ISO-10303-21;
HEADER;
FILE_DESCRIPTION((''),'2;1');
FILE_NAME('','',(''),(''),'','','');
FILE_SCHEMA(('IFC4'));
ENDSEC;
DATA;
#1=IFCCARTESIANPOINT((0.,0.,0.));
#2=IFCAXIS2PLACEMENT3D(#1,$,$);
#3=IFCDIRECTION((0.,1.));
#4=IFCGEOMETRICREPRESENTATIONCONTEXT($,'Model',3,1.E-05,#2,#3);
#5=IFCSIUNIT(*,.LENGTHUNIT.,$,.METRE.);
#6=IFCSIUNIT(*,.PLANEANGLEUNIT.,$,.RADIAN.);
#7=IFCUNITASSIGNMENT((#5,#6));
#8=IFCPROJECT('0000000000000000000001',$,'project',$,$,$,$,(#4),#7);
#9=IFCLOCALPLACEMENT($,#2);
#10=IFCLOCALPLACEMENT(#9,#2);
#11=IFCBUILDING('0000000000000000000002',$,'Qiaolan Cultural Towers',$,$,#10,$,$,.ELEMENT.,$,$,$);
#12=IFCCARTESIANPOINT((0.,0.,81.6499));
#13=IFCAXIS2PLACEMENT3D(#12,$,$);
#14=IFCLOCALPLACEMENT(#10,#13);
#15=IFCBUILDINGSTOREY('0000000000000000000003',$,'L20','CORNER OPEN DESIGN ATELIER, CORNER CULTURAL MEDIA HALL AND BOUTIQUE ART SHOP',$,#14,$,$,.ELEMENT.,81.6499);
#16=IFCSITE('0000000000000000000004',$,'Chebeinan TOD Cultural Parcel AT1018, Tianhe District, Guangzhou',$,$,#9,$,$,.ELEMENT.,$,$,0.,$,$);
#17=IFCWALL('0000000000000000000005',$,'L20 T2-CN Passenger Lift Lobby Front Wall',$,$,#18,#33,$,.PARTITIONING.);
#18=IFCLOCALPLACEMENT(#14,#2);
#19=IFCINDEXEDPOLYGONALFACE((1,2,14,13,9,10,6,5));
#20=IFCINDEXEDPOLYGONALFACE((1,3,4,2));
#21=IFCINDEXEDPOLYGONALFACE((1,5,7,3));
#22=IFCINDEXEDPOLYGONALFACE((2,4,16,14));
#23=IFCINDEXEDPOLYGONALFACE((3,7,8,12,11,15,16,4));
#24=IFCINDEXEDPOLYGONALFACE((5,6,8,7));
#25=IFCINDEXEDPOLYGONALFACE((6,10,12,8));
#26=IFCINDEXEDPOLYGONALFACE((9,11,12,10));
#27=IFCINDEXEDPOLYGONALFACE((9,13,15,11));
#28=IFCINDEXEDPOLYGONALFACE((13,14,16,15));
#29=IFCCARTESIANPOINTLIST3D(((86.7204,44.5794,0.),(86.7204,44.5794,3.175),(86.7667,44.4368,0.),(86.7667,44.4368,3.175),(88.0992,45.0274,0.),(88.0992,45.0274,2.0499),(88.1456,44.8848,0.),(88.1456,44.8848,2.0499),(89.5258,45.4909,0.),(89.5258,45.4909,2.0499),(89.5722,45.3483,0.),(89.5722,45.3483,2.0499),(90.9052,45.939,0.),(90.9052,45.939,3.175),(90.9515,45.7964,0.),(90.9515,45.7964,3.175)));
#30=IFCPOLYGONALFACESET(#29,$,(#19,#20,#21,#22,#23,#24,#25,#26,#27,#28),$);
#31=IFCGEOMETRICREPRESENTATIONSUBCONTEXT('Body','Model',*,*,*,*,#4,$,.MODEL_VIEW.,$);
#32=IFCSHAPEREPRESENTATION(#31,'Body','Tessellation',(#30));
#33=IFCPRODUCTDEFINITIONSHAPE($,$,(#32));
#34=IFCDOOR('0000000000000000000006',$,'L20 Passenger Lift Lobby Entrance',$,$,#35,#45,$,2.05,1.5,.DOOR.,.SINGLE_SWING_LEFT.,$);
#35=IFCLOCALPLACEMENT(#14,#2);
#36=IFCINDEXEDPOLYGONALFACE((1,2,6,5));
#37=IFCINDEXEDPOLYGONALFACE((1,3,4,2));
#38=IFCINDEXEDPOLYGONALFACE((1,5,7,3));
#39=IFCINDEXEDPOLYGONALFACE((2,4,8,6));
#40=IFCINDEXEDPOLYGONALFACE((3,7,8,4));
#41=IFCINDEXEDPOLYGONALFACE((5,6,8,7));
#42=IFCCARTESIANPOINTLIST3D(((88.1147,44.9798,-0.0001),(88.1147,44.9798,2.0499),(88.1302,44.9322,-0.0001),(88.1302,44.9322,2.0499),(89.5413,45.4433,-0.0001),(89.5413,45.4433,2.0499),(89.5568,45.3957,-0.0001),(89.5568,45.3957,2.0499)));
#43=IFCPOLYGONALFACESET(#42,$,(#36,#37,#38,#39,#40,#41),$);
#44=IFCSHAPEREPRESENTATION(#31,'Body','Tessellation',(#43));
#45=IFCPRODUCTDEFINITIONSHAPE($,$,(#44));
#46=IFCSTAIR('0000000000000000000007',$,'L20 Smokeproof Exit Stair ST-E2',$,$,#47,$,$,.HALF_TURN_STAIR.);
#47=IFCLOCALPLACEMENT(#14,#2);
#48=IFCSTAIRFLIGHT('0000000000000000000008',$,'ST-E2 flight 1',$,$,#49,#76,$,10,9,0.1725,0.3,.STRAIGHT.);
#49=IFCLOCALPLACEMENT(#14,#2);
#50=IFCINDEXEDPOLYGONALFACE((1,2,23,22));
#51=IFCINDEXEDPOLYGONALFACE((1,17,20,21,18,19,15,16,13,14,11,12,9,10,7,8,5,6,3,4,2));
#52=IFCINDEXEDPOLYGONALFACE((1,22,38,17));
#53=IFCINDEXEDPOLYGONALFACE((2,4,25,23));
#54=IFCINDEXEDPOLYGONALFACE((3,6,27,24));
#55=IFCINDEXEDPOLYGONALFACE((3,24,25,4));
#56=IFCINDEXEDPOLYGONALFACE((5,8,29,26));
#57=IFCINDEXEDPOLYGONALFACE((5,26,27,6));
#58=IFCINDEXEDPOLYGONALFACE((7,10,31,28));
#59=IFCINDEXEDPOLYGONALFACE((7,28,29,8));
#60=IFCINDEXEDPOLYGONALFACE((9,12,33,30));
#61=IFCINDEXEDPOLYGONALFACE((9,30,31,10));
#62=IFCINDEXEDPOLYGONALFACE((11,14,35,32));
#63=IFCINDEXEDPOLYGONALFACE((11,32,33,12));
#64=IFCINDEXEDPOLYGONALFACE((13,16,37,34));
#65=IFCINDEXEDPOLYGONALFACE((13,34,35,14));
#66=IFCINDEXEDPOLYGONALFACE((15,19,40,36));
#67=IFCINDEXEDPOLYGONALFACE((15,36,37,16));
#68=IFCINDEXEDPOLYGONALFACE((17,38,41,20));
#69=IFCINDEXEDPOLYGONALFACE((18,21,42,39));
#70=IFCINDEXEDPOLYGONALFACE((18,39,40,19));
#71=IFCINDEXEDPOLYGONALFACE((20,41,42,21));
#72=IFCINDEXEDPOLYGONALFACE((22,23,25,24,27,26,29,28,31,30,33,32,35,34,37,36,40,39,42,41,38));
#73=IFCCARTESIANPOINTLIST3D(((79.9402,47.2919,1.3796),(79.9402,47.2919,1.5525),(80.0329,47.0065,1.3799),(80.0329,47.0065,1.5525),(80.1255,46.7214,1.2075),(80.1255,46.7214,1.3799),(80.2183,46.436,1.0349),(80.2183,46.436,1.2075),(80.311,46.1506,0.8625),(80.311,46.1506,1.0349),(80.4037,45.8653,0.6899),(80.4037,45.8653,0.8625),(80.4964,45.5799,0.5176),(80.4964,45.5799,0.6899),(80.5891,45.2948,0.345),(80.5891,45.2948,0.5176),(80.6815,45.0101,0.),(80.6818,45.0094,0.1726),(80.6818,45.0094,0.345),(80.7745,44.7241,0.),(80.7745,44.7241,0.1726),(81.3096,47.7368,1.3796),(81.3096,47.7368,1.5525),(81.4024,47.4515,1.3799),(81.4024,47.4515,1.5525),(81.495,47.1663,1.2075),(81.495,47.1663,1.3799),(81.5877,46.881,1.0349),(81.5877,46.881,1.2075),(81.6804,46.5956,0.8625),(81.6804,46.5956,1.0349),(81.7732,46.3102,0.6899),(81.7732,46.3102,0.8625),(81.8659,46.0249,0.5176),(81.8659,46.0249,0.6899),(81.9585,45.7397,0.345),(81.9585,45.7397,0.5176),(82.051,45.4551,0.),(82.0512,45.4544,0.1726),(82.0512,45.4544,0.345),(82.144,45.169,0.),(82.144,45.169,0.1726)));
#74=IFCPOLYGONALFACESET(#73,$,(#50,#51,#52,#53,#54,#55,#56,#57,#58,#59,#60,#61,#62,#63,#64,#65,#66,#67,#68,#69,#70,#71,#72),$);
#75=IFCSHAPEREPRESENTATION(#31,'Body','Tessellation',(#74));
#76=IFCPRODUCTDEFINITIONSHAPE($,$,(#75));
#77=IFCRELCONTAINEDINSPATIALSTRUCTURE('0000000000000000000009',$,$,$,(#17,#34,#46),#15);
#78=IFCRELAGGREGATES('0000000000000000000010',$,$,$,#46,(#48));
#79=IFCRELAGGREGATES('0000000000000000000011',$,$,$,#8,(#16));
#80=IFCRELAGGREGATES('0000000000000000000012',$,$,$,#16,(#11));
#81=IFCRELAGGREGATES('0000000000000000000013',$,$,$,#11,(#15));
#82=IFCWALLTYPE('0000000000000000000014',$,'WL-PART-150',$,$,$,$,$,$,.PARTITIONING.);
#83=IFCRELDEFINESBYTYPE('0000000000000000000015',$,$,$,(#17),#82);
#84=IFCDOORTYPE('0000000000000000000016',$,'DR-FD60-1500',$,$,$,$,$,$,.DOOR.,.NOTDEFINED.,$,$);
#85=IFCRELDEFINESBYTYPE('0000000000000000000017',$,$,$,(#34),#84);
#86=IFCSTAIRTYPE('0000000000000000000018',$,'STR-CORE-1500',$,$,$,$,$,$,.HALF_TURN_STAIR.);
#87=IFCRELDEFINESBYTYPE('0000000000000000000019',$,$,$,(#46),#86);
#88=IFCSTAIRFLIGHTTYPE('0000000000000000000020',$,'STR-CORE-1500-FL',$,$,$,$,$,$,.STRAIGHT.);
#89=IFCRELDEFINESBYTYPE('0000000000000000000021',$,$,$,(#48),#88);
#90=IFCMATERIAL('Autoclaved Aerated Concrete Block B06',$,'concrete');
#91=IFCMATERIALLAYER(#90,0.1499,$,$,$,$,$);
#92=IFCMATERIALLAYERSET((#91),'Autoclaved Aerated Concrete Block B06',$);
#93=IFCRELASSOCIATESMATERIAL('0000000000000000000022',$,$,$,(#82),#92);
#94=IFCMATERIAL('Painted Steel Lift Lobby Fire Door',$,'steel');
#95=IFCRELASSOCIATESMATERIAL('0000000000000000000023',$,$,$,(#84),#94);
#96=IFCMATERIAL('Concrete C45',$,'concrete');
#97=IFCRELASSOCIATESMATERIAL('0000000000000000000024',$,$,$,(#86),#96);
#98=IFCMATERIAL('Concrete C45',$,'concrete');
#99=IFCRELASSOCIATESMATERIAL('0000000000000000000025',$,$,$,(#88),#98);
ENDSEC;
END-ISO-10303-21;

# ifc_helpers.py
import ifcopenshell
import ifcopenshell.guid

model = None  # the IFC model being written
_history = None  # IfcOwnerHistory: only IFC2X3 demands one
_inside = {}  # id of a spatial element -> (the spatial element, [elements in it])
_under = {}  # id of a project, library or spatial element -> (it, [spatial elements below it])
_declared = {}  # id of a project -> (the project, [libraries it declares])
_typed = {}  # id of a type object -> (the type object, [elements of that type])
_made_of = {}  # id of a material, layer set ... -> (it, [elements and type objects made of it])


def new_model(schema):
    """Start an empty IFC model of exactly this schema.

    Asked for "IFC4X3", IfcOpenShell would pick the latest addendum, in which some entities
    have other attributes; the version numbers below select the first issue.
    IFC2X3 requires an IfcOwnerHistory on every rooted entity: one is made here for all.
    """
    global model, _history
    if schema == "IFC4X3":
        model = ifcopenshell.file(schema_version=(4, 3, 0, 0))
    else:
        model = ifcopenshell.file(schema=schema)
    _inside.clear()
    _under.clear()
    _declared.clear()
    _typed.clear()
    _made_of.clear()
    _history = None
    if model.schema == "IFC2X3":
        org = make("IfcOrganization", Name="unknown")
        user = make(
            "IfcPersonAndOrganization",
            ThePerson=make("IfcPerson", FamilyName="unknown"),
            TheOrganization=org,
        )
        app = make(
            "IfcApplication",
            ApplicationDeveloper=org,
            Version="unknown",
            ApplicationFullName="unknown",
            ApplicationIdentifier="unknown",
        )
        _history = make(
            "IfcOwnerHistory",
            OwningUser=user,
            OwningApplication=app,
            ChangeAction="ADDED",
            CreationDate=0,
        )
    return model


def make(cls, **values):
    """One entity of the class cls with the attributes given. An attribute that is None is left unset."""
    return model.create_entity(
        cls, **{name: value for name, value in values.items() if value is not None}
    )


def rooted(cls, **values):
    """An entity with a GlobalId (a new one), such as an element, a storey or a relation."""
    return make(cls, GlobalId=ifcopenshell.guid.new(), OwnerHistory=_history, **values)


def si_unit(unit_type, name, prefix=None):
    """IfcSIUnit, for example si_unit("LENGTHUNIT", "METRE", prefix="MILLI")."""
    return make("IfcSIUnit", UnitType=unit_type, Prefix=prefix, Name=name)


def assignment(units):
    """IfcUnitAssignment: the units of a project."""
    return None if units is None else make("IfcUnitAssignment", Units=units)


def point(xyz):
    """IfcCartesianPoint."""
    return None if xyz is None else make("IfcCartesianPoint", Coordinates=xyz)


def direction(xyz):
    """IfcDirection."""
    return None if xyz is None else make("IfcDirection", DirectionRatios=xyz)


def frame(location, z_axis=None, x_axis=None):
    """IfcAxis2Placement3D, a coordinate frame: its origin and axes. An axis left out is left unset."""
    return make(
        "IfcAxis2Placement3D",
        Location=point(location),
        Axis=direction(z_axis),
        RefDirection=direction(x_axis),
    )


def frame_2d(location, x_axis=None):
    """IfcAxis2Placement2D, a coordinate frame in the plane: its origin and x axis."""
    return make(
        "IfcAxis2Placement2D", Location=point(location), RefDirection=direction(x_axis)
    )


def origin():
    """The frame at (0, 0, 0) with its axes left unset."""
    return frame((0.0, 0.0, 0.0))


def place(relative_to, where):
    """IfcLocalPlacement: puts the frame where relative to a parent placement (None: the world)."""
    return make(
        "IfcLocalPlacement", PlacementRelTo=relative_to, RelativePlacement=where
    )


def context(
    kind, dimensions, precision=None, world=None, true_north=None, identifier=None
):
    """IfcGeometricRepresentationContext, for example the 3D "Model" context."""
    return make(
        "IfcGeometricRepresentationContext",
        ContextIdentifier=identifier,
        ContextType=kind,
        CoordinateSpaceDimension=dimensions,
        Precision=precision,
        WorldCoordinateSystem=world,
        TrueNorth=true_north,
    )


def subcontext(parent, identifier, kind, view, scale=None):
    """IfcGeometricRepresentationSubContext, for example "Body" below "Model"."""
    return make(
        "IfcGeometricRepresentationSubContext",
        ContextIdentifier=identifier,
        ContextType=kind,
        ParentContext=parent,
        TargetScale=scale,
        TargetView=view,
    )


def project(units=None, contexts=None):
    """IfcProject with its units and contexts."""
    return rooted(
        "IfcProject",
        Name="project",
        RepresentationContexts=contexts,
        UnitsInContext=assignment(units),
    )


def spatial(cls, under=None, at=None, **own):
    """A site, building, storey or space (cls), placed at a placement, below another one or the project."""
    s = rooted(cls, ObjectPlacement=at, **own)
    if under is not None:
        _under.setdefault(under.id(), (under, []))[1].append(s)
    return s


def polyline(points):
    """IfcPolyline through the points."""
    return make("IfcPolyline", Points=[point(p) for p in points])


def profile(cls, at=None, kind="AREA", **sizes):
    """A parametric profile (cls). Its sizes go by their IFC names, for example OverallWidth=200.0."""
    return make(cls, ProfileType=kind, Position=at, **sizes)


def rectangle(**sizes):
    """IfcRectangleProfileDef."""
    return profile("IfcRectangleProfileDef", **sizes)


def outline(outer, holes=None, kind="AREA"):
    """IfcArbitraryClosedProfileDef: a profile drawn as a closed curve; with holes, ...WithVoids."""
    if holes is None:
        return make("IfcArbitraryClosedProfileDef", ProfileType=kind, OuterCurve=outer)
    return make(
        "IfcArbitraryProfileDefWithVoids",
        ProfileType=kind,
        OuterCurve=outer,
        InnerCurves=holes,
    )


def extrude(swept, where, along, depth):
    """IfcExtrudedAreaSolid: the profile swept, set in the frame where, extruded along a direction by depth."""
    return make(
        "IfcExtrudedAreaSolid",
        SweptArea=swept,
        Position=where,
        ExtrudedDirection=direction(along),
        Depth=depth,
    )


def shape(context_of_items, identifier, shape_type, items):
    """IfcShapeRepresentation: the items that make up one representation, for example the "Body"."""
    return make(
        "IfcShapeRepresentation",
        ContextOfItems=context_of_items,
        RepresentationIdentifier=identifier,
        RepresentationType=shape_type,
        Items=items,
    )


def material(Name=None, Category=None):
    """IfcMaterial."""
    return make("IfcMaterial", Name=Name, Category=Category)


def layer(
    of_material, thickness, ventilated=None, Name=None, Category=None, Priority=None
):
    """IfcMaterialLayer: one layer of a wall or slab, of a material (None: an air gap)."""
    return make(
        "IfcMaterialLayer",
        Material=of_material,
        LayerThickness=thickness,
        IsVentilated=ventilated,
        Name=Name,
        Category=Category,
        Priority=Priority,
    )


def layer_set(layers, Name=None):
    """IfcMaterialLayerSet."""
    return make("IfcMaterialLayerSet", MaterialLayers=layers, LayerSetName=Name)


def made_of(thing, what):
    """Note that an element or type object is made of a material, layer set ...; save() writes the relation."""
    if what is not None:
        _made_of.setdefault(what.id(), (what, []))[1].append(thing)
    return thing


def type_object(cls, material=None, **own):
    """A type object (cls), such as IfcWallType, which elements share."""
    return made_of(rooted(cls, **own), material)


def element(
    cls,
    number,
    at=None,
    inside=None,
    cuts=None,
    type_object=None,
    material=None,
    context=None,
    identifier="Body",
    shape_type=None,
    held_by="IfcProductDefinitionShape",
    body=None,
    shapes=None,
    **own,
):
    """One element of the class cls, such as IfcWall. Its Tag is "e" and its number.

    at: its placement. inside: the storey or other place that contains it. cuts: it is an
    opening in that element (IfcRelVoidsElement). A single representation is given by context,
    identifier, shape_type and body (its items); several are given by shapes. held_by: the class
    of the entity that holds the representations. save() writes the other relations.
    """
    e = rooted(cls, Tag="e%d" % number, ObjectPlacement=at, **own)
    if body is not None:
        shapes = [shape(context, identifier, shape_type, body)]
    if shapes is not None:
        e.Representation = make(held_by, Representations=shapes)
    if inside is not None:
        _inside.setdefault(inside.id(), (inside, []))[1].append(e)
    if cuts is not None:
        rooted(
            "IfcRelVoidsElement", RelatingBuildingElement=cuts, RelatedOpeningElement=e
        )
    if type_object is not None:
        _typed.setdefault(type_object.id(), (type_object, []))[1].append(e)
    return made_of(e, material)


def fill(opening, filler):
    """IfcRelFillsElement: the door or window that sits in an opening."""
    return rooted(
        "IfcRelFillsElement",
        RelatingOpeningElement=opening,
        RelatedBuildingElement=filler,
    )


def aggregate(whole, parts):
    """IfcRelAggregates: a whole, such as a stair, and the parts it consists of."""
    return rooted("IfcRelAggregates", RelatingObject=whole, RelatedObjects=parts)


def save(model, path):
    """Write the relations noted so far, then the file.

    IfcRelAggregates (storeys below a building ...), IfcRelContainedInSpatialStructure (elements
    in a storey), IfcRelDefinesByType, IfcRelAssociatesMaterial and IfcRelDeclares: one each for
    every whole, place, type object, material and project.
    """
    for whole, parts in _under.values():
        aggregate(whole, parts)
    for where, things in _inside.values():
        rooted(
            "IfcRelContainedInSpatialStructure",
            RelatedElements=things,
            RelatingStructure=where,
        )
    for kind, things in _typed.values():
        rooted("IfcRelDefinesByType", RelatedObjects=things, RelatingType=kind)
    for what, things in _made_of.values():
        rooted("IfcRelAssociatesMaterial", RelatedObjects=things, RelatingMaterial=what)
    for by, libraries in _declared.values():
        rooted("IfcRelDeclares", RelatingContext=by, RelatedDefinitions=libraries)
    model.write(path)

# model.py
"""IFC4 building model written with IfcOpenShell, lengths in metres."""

from ifc_helpers import new_model, si_unit, direction, frame, frame_2d, origin, place, context, subcontext, project, spatial, polyline, rectangle, outline, extrude, material, layer, layer_set, type_object, element, fill, aggregate, save


model = new_model("IFC4")

# Units and contexts
model_context = context("Model", 3, precision=1e-05, world=origin(), true_north=direction((0.0, 1.0)))
body_context = subcontext(model_context, "Body", "Model", "MODEL_VIEW")
ifc_project = project(units=[si_unit("LENGTHUNIT", "METRE"), si_unit("PLANEANGLEUNIT", "RADIAN")], contexts=[model_context])

# Site, building, storey
site_placement = place(None, origin())
site = spatial("IfcSite", under=ifc_project, at=site_placement, Name="Chebeinan TOD Cultural Parcel AT1018, Tianhe District, Guangzhou", CompositionType="ELEMENT", RefElevation=0.0)
building_placement = place(site_placement, origin())
building = spatial("IfcBuilding", under=site, at=building_placement, Name="Qiaolan Cultural Towers", CompositionType="ELEMENT")
storey_placement = place(building_placement, frame((0.0, 0.0, 81.6499)))
storey = spatial("IfcBuildingStorey", under=building, at=storey_placement, Name="L20", Description="CORNER OPEN DESIGN ATELIER, CORNER CULTURAL MEDIA HALL AND BOUTIQUE ART SHOP", CompositionType="ELEMENT", Elevation=81.6499)

# Wall, opening, door
ifc_material_1 = material(Name="Autoclaved Aerated Concrete Block B06", Category="concrete")
ifc_layer_1 = layer(ifc_material_1, 0.1499)
ifc_layer_set_1 = layer_set([ifc_layer_1], Name="Autoclaved Aerated Concrete Block B06")
wall_type_1 = type_object("IfcWallType", Name="WL-PART-150", PredefinedType="PARTITIONING", material=ifc_layer_set_1)
wall_1_placement = place(storey_placement, frame((86.7434, 44.5081, 0.0), z_axis=(0.0, 0.0, 1.0), x_axis=(0.951064, 0.308994, 0.0)))
wall_1 = element("IfcWall", 1, at=wall_1_placement, inside=storey, type_object=wall_type_1, Name="L20 T2-CN Passenger Lift Lobby Front Wall", PredefinedType="PARTITIONING", context=body_context, shape_type="SweptSolid", body=[
    extrude(rectangle(XDim=4.4001, YDim=0.1499, at=frame_2d((2.2002, 0.0))), origin(), (0.0, 0.0, 1.0), 3.175),
])
opening_1_placement = place(wall_1_placement, frame((1.45, 0.0, 0.0)))
opening_1 = element("IfcOpeningElement", 2, at=opening_1_placement, cuts=wall_1, PredefinedType="OPENING", context=body_context, shape_type="SweptSolid", body=[
    extrude(rectangle(XDim=1.5, YDim=2.05, at=frame_2d((0.75, 1.0249))), frame((0.0, 0.085, 0.0), z_axis=(0.0, -1.0, 0.0), x_axis=(1.0, 0.0, 0.0)), (0.0, 0.0, 1.0), 0.1699),
])
ifc_material_2 = material(Name="Painted Steel Lift Lobby Fire Door", Category="steel")
door_type_1 = type_object("IfcDoorType", Name="DR-FD60-1500", OperationType="NOTDEFINED", PredefinedType="DOOR", material=ifc_material_2)
door_1_placement = place(opening_1_placement, origin())
door_1 = element("IfcDoor", 3, at=door_1_placement, inside=storey, type_object=door_type_1, Name="L20 Passenger Lift Lobby Entrance", OperationType="SINGLE_SWING_LEFT", OverallHeight=2.05, OverallWidth=1.5, PredefinedType="DOOR", context=body_context, shape_type="SweptSolid", body=[
    extrude(rectangle(XDim=1.5, YDim=2.05, at=frame_2d((0.75, 1.0249))), frame((0.0, 0.0249, 0.0), z_axis=(0.0, -1.0, 0.0), x_axis=(1.0, 0.0, 0.0)), (0.0, 0.0, 1.0), 0.05),
])
fill(opening_1, door_1)

# Stair, stair flight
ifc_material_3 = material(Name="Concrete C45", Category="concrete")
stair_type = type_object("IfcStairType", Name="STR-CORE-1500", PredefinedType="HALF_TURN_STAIR", material=ifc_material_3)
stair_placement = place(storey_placement, origin())
stair = element("IfcStair", 4, at=stair_placement, inside=storey, type_object=stair_type, Name="L20 Smokeproof Exit Stair ST-E2", PredefinedType="HALF_TURN_STAIR")
ifc_material_4 = material(Name="Concrete C45", Category="concrete")
stair_flight_type = type_object("IfcStairFlightType", Name="STR-CORE-1500-FL", PredefinedType="STRAIGHT", material=ifc_material_4)
stair_flight_placement = place(storey_placement, frame((81.4592, 44.9465, 0.0), z_axis=(0.0, 0.0, 1.0), x_axis=(-0.309017, 0.951057, 0.0)))
stair_flight = element("IfcStairFlight", 5, at=stair_flight_placement, type_object=stair_flight_type, Name="ST-E2 flight 1", NumberOfRisers=10, NumberOfTreads=9, PredefinedType="STRAIGHT", RiserHeight=0.1725, TreadLength=0.3, context=body_context, shape_type="SweptSolid", body=[
    extrude(outline(polyline([(0.0, 0.0), (0.0, 0.1726), (0.3, 0.1726), (0.3, 0.345), (0.6001, 0.345), (0.6001, 0.5176), (0.8999, 0.5176), (0.8999, 0.6899), (1.2, 0.6899), (1.2, 0.8625), (1.5, 0.8625), (1.5, 1.0349), (1.8, 1.0349), (1.8, 1.2075), (2.1001, 1.2075), (2.1001, 1.3799), (2.3999, 1.3799), (2.3999, 1.5525), (2.7, 1.5525), (2.7, 1.7251), (2.7, 1.3796), (0.3008, 0.0), (0.0, 0.0)])), frame((0.0, 0.72, 0.0), z_axis=(0.0, -1.0, 0.0), x_axis=(1.0, 0.0, 0.0)), (0.0, 0.0, 1.0), 1.4399),
])
aggregate(stair, [stair_flight])

save(model, "model.ifc")
